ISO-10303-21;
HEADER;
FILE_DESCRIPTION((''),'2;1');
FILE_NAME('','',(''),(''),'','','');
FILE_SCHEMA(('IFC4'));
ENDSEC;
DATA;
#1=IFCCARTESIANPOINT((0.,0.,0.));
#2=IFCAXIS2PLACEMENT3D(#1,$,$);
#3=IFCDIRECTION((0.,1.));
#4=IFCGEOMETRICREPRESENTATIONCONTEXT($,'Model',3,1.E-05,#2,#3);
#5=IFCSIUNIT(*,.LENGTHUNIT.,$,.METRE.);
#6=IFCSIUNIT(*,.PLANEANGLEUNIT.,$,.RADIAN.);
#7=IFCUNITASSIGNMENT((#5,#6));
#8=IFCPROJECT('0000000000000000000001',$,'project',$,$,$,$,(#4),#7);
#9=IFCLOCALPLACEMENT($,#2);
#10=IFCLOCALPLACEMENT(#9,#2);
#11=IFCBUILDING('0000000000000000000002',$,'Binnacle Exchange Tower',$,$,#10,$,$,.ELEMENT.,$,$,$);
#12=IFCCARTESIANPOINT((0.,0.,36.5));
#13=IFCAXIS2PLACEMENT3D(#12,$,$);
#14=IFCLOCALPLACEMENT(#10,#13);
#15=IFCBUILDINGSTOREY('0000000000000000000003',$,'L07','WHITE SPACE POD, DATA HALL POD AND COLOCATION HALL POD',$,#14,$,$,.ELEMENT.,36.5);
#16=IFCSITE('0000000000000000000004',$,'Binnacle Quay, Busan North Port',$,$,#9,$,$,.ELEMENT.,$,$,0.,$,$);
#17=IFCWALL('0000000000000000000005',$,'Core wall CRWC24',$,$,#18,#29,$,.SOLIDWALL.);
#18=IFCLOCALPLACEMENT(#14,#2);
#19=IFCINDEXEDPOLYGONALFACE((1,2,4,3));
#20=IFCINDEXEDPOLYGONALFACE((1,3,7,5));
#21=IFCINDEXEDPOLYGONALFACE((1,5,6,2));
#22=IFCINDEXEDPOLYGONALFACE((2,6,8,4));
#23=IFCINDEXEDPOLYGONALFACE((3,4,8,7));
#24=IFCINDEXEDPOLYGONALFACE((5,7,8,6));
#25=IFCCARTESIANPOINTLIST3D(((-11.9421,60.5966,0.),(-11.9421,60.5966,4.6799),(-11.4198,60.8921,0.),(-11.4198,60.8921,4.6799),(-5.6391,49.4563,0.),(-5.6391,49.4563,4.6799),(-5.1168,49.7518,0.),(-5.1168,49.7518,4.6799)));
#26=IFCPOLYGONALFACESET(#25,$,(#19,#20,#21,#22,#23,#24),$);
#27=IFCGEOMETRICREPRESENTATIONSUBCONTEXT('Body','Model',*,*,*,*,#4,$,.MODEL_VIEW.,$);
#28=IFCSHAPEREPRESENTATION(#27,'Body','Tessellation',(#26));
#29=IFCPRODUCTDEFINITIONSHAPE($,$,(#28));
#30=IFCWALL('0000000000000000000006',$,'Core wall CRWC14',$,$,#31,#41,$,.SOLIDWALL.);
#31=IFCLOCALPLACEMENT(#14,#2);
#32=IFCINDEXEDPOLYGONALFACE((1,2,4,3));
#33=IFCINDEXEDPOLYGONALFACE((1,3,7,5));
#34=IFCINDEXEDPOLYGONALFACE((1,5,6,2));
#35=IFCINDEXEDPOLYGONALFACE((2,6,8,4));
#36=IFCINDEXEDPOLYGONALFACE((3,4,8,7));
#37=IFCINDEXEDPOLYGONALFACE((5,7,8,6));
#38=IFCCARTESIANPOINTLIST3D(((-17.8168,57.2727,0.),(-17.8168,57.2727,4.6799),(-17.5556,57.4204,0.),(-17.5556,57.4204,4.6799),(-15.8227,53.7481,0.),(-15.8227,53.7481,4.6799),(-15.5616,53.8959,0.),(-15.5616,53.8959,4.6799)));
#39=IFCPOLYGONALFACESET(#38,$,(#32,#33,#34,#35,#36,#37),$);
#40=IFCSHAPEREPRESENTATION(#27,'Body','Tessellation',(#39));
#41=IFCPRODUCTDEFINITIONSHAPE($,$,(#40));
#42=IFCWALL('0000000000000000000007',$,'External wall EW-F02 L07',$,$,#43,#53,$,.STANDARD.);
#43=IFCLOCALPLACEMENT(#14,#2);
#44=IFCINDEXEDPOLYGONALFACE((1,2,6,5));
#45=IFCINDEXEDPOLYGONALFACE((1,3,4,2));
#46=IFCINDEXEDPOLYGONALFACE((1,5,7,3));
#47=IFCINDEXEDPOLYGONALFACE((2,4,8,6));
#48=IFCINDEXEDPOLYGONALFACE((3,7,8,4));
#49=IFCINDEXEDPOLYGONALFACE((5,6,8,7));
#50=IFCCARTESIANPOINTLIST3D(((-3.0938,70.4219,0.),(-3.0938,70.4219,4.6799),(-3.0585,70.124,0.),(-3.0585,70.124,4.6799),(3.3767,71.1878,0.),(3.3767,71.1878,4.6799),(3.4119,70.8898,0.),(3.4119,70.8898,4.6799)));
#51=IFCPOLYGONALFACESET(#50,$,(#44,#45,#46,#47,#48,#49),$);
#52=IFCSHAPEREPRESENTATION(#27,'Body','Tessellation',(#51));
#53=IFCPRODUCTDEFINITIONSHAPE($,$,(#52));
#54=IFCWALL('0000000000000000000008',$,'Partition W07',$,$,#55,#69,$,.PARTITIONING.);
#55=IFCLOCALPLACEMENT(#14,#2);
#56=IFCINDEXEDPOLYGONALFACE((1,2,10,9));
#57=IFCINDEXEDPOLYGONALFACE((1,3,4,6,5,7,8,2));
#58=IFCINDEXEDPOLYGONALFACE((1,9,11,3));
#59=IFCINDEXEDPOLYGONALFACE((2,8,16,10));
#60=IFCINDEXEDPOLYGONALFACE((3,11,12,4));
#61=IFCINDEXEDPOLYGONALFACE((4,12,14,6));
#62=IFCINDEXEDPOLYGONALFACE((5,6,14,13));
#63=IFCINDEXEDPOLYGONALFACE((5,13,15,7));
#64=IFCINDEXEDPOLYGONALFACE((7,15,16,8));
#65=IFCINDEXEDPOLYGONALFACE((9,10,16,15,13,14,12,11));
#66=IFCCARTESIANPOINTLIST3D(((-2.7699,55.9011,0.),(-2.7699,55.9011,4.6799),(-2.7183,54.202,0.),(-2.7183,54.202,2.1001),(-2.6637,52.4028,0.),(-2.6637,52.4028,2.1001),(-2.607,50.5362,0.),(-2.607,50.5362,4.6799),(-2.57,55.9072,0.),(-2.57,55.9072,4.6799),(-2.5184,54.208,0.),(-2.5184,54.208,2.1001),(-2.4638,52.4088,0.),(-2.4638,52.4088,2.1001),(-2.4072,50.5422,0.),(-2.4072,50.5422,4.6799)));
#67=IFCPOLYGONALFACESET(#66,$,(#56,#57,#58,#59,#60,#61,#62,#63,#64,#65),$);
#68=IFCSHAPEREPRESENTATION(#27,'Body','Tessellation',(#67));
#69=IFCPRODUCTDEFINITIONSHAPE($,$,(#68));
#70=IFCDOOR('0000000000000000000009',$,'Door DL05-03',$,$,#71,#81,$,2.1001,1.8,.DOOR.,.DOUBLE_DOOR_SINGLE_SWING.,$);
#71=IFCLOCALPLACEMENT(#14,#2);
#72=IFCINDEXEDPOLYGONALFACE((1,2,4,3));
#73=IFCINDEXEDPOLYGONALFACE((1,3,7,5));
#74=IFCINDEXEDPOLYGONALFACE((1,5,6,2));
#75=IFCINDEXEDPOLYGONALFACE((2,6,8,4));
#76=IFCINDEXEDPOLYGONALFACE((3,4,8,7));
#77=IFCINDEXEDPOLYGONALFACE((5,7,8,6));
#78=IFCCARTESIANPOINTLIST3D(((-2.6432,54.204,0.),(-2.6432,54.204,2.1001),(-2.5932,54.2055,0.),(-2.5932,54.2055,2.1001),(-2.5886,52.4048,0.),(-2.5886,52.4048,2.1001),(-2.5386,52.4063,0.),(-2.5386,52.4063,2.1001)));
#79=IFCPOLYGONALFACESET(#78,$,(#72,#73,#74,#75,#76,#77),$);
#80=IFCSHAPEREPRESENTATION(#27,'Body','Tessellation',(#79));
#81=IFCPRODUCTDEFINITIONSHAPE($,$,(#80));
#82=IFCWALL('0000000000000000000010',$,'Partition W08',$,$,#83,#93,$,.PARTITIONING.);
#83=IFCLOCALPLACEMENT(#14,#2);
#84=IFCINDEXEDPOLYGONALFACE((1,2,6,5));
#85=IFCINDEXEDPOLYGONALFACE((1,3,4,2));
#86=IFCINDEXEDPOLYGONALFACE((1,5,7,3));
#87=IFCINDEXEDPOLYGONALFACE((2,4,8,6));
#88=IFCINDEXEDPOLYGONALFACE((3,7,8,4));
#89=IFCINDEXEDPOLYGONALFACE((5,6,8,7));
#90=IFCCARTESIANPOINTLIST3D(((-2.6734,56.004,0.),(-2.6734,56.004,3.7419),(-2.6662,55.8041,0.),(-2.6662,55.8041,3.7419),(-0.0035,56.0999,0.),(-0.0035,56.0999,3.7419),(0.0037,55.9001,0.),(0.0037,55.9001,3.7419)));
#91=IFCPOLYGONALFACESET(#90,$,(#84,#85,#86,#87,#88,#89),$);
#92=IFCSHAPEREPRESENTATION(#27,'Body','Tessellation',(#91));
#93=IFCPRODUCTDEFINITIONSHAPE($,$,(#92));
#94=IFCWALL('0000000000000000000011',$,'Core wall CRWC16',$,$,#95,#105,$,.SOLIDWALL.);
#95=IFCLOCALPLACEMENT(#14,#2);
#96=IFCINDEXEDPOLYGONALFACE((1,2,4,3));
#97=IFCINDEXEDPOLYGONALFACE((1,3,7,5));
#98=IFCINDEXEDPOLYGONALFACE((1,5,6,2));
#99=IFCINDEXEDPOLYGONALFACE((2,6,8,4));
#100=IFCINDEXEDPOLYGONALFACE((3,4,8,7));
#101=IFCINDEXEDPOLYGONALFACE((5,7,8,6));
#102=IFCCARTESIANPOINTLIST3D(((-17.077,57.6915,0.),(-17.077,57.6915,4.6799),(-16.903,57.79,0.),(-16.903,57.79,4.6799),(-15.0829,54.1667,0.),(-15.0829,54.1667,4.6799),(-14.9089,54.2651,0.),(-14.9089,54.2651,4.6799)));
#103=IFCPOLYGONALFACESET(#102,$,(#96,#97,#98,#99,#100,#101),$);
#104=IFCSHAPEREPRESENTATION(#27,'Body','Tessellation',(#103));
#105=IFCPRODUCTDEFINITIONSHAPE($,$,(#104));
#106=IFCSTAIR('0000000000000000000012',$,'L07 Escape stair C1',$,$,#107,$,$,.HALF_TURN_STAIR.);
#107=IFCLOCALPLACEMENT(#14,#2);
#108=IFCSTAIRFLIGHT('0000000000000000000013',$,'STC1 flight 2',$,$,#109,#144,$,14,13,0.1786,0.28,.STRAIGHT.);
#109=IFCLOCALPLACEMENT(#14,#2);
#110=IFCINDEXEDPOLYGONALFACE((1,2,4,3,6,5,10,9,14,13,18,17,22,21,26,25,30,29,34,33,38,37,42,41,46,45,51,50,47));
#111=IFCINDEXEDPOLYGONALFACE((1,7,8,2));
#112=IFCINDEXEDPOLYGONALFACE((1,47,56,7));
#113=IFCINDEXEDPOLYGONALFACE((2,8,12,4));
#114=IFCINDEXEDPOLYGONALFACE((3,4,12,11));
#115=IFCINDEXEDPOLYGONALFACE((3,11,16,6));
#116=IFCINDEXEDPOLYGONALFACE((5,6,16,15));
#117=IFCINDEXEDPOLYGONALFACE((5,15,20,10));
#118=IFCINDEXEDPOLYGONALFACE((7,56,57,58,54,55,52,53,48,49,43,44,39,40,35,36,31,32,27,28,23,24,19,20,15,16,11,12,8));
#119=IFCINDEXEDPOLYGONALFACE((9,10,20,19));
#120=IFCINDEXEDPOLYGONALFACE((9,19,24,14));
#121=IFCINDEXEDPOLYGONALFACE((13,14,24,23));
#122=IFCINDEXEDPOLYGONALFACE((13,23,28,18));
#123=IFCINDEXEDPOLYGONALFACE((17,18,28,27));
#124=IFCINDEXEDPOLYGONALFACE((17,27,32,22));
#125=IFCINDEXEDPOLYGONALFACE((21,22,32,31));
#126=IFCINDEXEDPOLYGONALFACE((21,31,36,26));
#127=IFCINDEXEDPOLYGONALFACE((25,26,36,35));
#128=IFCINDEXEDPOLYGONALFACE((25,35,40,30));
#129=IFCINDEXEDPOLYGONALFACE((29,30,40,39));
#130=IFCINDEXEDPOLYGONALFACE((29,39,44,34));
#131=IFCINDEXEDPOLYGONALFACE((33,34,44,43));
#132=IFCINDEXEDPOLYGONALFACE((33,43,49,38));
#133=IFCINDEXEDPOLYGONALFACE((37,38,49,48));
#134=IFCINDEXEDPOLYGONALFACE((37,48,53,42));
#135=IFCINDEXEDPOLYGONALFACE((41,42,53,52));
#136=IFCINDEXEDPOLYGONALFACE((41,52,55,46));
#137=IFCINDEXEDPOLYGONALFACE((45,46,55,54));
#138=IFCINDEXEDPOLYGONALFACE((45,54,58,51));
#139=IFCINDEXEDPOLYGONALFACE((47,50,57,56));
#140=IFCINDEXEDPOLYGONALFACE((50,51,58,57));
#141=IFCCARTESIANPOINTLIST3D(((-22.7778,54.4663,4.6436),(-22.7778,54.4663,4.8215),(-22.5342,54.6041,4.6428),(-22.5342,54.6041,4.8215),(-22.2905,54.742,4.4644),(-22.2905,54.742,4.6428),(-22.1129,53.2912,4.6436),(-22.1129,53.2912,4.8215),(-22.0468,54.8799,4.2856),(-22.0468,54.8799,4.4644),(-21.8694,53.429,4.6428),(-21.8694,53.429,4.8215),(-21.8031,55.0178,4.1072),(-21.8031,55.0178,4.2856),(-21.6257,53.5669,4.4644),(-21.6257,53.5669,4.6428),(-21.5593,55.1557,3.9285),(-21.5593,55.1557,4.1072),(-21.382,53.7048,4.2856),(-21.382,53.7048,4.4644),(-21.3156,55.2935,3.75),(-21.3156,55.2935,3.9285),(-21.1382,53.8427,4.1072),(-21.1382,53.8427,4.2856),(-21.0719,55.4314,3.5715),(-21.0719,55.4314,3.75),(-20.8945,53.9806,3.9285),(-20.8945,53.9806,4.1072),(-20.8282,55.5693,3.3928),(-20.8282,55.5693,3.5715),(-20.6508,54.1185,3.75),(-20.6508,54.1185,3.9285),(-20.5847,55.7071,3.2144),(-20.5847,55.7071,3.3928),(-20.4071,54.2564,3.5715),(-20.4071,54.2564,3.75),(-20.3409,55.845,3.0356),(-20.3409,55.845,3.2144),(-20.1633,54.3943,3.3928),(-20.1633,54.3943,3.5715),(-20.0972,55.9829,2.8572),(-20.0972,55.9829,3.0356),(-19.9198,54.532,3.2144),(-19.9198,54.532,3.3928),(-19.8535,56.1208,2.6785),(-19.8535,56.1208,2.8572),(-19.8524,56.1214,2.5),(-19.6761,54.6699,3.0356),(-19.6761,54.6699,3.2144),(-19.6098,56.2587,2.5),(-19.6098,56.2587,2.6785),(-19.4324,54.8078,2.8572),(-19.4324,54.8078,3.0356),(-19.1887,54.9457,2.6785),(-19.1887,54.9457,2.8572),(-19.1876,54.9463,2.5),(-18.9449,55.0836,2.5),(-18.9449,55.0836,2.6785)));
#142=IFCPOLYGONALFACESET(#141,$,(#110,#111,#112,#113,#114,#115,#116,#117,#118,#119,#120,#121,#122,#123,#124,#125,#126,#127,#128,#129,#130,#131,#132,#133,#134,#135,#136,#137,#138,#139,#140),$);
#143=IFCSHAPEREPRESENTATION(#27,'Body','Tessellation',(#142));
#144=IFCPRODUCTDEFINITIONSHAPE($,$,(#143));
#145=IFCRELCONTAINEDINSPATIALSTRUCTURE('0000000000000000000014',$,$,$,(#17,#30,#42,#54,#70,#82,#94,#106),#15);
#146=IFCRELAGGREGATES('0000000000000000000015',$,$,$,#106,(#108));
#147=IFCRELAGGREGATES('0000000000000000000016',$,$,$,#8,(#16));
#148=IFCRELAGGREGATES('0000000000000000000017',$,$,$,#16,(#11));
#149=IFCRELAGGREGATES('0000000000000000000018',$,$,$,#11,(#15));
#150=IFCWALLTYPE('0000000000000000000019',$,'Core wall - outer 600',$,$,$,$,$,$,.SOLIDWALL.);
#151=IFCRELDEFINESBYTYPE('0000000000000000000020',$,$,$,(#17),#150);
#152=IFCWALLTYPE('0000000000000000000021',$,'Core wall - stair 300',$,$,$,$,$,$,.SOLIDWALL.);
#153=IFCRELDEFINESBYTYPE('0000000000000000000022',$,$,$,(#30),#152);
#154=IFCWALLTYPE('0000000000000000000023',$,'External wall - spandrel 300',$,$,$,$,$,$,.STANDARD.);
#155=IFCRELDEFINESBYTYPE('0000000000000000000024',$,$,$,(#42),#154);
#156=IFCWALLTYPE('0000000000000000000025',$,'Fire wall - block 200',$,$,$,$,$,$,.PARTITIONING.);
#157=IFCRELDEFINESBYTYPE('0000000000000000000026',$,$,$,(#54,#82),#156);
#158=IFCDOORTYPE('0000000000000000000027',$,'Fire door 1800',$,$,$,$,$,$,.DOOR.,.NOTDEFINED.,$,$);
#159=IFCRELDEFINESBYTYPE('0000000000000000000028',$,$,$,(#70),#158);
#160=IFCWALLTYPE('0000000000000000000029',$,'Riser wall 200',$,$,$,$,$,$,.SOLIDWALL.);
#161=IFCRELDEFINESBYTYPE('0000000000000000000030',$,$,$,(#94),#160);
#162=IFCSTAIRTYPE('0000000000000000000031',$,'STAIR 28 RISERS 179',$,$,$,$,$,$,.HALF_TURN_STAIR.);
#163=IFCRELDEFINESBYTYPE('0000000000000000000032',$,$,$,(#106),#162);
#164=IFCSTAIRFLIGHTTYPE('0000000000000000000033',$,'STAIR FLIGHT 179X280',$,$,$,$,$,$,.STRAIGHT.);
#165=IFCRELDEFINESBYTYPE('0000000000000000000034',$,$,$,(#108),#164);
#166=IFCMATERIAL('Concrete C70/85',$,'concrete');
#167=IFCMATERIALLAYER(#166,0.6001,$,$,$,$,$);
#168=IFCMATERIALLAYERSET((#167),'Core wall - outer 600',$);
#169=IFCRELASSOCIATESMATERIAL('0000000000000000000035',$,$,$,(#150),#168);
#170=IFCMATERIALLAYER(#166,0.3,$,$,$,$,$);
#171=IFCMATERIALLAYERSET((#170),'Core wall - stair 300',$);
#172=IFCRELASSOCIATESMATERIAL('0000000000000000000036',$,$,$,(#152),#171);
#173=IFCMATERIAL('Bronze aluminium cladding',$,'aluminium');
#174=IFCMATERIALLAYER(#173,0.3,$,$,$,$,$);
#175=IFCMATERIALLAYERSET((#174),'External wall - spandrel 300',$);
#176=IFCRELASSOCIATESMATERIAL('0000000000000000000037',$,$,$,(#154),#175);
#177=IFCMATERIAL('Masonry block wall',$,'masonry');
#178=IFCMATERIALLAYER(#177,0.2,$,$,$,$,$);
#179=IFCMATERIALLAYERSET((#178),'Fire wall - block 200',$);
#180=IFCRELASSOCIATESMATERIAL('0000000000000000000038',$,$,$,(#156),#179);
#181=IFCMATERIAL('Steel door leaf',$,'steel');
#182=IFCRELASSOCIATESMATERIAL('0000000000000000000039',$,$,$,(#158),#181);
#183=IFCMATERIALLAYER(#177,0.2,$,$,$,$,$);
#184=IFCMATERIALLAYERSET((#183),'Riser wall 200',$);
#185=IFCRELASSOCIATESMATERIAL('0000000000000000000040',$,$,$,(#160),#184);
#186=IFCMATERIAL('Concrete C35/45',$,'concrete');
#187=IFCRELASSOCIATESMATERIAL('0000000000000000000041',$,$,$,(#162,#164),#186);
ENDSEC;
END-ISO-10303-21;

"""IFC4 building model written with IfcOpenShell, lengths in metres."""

from ifc_helpers import new_model, si_unit, direction, frame, frame_2d, origin, place, context, subcontext, project, spatial, polyline, rectangle, outline, extrude, material, layer, layer_set, type_object, element, fill, aggregate, save


model = new_model("IFC4")

# Units and contexts
model_context = context("Model", 3, precision=1e-05, world=origin(), true_north=direction((0.0, 1.0)))
body_context = subcontext(model_context, "Body", "Model", "MODEL_VIEW")
ifc_project = project(units=[si_unit("LENGTHUNIT", "METRE"), si_unit("PLANEANGLEUNIT", "RADIAN")], contexts=[model_context])

# Site, building, storey
site_placement = place(None, origin())
site = spatial("IfcSite", under=ifc_project, at=site_placement, Name="Binnacle Quay, Busan North Port", CompositionType="ELEMENT", RefElevation=0.0)
building_placement = place(site_placement, origin())
building = spatial("IfcBuilding", under=site, at=building_placement, Name="Binnacle Exchange Tower", CompositionType="ELEMENT")
storey_placement = place(building_placement, frame((0.0, 0.0, 36.5)))
storey = spatial("IfcBuildingStorey", under=building, at=storey_placement, Name="L07", Description="WHITE SPACE POD, DATA HALL POD AND COLOCATION HALL POD", CompositionType="ELEMENT", Elevation=36.5)

# Shared definitions
ifc_material_1 = material(Name="Concrete C70/85", Category="concrete")

# Shared definitions
ifc_material_2 = material(Name="Steel door leaf", Category="steel")

# Walls
ifc_layer_1 = layer(ifc_material_1, 0.6001)
ifc_layer_set_1 = layer_set([ifc_layer_1], Name="Core wall - outer 600")
wall_type_1 = type_object("IfcWallType", Name="Core wall - outer 600", PredefinedType="SOLIDWALL", material=ifc_layer_set_1)
wall_1_placement = place(storey_placement, frame((-11.6809, 60.7444, 0.0), z_axis=(0.0, 0.0, 1.0), x_axis=(0.492427, -0.870354, 0.0)))
element("IfcWall", 1, at=wall_1_placement, inside=storey, type_object=wall_type_1, Name="Core wall CRWC24", PredefinedType="SOLIDWALL", context=body_context, shape_type="SweptSolid", body=[
    extrude(rectangle(XDim=12.7998, YDim=0.6001, at=frame_2d((6.3999, 0.0))), origin(), (0.0, 0.0, 1.0), 4.6799),
])
ifc_layer_2 = layer(ifc_material_1, 0.3)
ifc_layer_set_2 = layer_set([ifc_layer_2], Name="Core wall - stair 300")
wall_type_2 = type_object("IfcWallType", Name="Core wall - stair 300", PredefinedType="SOLIDWALL", material=ifc_layer_set_2)
wall_2_placement = place(storey_placement, frame((-17.6863, 57.3467, 0.0), z_axis=(0.0, 0.0, 1.0), x_axis=(0.492421, -0.870357, 0.0)))
element("IfcWall", 2, at=wall_2_placement, inside=storey, type_object=wall_type_2, Name="Core wall CRWC14", PredefinedType="SOLIDWALL", context=body_context, shape_type="SweptSolid", body=[
    extrude(rectangle(XDim=4.0496, YDim=0.3, at=frame_2d((2.0249, 0.0))), origin(), (0.0, 0.0, 1.0), 4.6799),
])
ifc_material_3 = material(Name="Bronze aluminium cladding", Category="aluminium")
ifc_layer_3 = layer(ifc_material_3, 0.3)
ifc_layer_set_3 = layer_set([ifc_layer_3], Name="External wall - spandrel 300")
wall_type_3 = type_object("IfcWallType", Name="External wall - spandrel 300", PredefinedType="STANDARD", material=ifc_layer_set_3)
wall_3_placement = place(storey_placement, frame((-3.0762, 70.2729, 0.0), z_axis=(0.0, 0.0, 1.0), x_axis=(0.993068, 0.117543, 0.0)))
element("IfcWall", 3, at=wall_3_placement, inside=storey, type_object=wall_type_3, Name="External wall EW-F02 L07", PredefinedType="STANDARD", context=body_context, shape_type="SweptSolid", body=[
    extrude(rectangle(XDim=6.5156, YDim=0.3, at=frame_2d((3.2578, 0.0))), origin(), (0.0, 0.0, 1.0), 4.6799),
])

# Wall, opening, door
ifc_material_4 = material(Name="Masonry block wall", Category="masonry")
ifc_layer_4 = layer(ifc_material_4, 0.2)
ifc_layer_set_4 = layer_set([ifc_layer_4], Name="Fire wall - block 200")
wall_type_4 = type_object("IfcWallType", Name="Fire wall - block 200", PredefinedType="PARTITIONING", material=ifc_layer_set_4)
wall_4_placement = place(storey_placement, frame((-2.6699, 55.9041, 0.0), z_axis=(0.0, 0.0, 1.0), x_axis=(0.030339, -0.99954, 0.0)))
wall_4 = element("IfcWall", 4, at=wall_4_placement, inside=storey, type_object=wall_type_4, Name="Partition W07", PredefinedType="PARTITIONING", context=body_context, shape_type="SweptSolid", body=[
    extrude(rectangle(XDim=5.3674, YDim=0.2, at=frame_2d((2.6836, 0.0))), origin(), (0.0, 0.0, 1.0), 4.6799),
])
opening_1_placement = place(wall_4_placement, frame((1.7, 0.0, 0.0)))
opening_1 = element("IfcOpeningElement", 5, at=opening_1_placement, cuts=wall_4, PredefinedType="OPENING", context=body_context, shape_type="SweptSolid", body=[
    extrude(rectangle(XDim=1.8, YDim=2.1001, at=frame_2d((0.8999, 1.05))), frame((0.0, 0.1099, 0.0), z_axis=(0.0, -1.0, 0.0), x_axis=(1.0, 0.0, 0.0)), (0.0, 0.0, 1.0), 0.22),
])
door_type_1 = type_object("IfcDoorType", Name="Fire door 1800", OperationType="NOTDEFINED", PredefinedType="DOOR", material=ifc_material_2)
door_1_placement = place(opening_1_placement, frame((1.8, 0.0, 0.0), z_axis=(0.0, 0.0, 1.0), x_axis=(-1.0, 0.0, 0.0)))
door_1 = element("IfcDoor", 6, at=door_1_placement, inside=storey, type_object=door_type_1, Name="Door DL05-03", OperationType="DOUBLE_DOOR_SINGLE_SWING", OverallHeight=2.1001, OverallWidth=1.8, PredefinedType="DOOR", context=body_context, shape_type="SweptSolid", body=[
    extrude(rectangle(XDim=1.8, YDim=2.1001, at=frame_2d((0.8999, 1.05))), frame((0.0, 0.0249, 0.0), z_axis=(0.0, -1.0, 0.0), x_axis=(1.0, 0.0, 0.0)), (0.0, 0.0, 1.0), 0.05),
])
fill(opening_1, door_1)

# Walls
wall_5_placement = place(storey_placement, frame((-2.6699, 55.9041, 0.0), z_axis=(0.0, 0.0, 1.0), x_axis=(0.999355, 0.035913, 0.0)))
element("IfcWall", 7, at=wall_5_placement, inside=storey, type_object=wall_type_4, Name="Partition W08", PredefinedType="PARTITIONING", context=body_context, shape_type="SweptSolid", body=[
    extrude(rectangle(XDim=2.6716, YDim=0.2, at=frame_2d((1.3359, 0.0))), origin(), (0.0, 0.0, 1.0), 3.7419),
])
ifc_layer_5 = layer(ifc_material_4, 0.2)
ifc_layer_set_5 = layer_set([ifc_layer_5], Name="Riser wall 200")
wall_type_5 = type_object("IfcWallType", Name="Riser wall 200", PredefinedType="SOLIDWALL", material=ifc_layer_set_5)
wall_6_placement = place(storey_placement, frame((-16.99, 57.7407, 0.0), z_axis=(0.0, 0.0, 1.0), x_axis=(0.492395, -0.870372, 0.0)))
element("IfcWall", 8, at=wall_6_placement, inside=storey, type_object=wall_type_5, Name="Core wall CRWC16", PredefinedType="SOLIDWALL", context=body_context, shape_type="SweptSolid", body=[
    extrude(rectangle(XDim=4.0498, YDim=0.2, at=frame_2d((2.0249, 0.0))), origin(), (0.0, 0.0, 1.0), 4.6799),
])

# Stair, stair flight
ifc_material_5 = material(Name="Concrete C35/45", Category="concrete")
stair_type = type_object("IfcStairType", Name="STAIR 28 RISERS 179", PredefinedType="HALF_TURN_STAIR", material=ifc_material_5)
stair_placement = place(storey_placement, origin())
stair = element("IfcStair", 9, at=stair_placement, inside=storey, type_object=stair_type, Name="L07 Escape stair C1", PredefinedType="HALF_TURN_STAIR")
stair_flight_type = type_object("IfcStairFlightType", Name="STAIR FLIGHT 179X280", PredefinedType="STRAIGHT", material=ifc_material_5)
stair_flight_placement = place(storey_placement, frame((-19.2773, 55.6711, 2.5), z_axis=(0.0, 0.0, 1.0), x_axis=(-0.870356, -0.492424, 0.0)))
stair_flight = element("IfcStairFlight", 10, at=stair_flight_placement, type_object=stair_flight_type, Name="STC1 flight 2", NumberOfRisers=14, NumberOfTreads=13, PredefinedType="STRAIGHT", RiserHeight=0.1786, TreadLength=0.28, context=body_context, shape_type="SweptSolid", body=[
    extrude(outline(polyline([(0.0, 0.0), (0.0, 0.1785), (0.28, 0.1785), (0.28, 0.3572), (0.5601, 0.3572), (0.5601, 0.5356), (0.8401, 0.5356), (0.8401, 0.7144), (1.1201, 0.7144), (1.1201, 0.8928), (1.3999, 0.8928), (1.3999, 1.0715), (1.6799, 1.0715), (1.6799, 1.25), (1.96, 1.25), (1.96, 1.4285), (2.24, 1.4285), (2.24, 1.6072), (2.52, 1.6072), (2.52, 1.7856), (2.8, 1.7856), (2.8, 1.9644), (3.0801, 1.9644), (3.0801, 2.1428), (3.3601, 2.1428), (3.3601, 2.3215), (3.6399, 2.3215), (3.6399, 2.5), (3.6399, 2.1436), (0.2788, 0.0), (0.0, 0.0)])), frame((0.0, 0.675, 0.0), z_axis=(0.0, -1.0, 0.0), x_axis=(1.0, 0.0, 0.0)), (0.0, 0.0, 1.0), 1.3501),
])
aggregate(stair, [stair_flight])

save(model, "model.ifc")
